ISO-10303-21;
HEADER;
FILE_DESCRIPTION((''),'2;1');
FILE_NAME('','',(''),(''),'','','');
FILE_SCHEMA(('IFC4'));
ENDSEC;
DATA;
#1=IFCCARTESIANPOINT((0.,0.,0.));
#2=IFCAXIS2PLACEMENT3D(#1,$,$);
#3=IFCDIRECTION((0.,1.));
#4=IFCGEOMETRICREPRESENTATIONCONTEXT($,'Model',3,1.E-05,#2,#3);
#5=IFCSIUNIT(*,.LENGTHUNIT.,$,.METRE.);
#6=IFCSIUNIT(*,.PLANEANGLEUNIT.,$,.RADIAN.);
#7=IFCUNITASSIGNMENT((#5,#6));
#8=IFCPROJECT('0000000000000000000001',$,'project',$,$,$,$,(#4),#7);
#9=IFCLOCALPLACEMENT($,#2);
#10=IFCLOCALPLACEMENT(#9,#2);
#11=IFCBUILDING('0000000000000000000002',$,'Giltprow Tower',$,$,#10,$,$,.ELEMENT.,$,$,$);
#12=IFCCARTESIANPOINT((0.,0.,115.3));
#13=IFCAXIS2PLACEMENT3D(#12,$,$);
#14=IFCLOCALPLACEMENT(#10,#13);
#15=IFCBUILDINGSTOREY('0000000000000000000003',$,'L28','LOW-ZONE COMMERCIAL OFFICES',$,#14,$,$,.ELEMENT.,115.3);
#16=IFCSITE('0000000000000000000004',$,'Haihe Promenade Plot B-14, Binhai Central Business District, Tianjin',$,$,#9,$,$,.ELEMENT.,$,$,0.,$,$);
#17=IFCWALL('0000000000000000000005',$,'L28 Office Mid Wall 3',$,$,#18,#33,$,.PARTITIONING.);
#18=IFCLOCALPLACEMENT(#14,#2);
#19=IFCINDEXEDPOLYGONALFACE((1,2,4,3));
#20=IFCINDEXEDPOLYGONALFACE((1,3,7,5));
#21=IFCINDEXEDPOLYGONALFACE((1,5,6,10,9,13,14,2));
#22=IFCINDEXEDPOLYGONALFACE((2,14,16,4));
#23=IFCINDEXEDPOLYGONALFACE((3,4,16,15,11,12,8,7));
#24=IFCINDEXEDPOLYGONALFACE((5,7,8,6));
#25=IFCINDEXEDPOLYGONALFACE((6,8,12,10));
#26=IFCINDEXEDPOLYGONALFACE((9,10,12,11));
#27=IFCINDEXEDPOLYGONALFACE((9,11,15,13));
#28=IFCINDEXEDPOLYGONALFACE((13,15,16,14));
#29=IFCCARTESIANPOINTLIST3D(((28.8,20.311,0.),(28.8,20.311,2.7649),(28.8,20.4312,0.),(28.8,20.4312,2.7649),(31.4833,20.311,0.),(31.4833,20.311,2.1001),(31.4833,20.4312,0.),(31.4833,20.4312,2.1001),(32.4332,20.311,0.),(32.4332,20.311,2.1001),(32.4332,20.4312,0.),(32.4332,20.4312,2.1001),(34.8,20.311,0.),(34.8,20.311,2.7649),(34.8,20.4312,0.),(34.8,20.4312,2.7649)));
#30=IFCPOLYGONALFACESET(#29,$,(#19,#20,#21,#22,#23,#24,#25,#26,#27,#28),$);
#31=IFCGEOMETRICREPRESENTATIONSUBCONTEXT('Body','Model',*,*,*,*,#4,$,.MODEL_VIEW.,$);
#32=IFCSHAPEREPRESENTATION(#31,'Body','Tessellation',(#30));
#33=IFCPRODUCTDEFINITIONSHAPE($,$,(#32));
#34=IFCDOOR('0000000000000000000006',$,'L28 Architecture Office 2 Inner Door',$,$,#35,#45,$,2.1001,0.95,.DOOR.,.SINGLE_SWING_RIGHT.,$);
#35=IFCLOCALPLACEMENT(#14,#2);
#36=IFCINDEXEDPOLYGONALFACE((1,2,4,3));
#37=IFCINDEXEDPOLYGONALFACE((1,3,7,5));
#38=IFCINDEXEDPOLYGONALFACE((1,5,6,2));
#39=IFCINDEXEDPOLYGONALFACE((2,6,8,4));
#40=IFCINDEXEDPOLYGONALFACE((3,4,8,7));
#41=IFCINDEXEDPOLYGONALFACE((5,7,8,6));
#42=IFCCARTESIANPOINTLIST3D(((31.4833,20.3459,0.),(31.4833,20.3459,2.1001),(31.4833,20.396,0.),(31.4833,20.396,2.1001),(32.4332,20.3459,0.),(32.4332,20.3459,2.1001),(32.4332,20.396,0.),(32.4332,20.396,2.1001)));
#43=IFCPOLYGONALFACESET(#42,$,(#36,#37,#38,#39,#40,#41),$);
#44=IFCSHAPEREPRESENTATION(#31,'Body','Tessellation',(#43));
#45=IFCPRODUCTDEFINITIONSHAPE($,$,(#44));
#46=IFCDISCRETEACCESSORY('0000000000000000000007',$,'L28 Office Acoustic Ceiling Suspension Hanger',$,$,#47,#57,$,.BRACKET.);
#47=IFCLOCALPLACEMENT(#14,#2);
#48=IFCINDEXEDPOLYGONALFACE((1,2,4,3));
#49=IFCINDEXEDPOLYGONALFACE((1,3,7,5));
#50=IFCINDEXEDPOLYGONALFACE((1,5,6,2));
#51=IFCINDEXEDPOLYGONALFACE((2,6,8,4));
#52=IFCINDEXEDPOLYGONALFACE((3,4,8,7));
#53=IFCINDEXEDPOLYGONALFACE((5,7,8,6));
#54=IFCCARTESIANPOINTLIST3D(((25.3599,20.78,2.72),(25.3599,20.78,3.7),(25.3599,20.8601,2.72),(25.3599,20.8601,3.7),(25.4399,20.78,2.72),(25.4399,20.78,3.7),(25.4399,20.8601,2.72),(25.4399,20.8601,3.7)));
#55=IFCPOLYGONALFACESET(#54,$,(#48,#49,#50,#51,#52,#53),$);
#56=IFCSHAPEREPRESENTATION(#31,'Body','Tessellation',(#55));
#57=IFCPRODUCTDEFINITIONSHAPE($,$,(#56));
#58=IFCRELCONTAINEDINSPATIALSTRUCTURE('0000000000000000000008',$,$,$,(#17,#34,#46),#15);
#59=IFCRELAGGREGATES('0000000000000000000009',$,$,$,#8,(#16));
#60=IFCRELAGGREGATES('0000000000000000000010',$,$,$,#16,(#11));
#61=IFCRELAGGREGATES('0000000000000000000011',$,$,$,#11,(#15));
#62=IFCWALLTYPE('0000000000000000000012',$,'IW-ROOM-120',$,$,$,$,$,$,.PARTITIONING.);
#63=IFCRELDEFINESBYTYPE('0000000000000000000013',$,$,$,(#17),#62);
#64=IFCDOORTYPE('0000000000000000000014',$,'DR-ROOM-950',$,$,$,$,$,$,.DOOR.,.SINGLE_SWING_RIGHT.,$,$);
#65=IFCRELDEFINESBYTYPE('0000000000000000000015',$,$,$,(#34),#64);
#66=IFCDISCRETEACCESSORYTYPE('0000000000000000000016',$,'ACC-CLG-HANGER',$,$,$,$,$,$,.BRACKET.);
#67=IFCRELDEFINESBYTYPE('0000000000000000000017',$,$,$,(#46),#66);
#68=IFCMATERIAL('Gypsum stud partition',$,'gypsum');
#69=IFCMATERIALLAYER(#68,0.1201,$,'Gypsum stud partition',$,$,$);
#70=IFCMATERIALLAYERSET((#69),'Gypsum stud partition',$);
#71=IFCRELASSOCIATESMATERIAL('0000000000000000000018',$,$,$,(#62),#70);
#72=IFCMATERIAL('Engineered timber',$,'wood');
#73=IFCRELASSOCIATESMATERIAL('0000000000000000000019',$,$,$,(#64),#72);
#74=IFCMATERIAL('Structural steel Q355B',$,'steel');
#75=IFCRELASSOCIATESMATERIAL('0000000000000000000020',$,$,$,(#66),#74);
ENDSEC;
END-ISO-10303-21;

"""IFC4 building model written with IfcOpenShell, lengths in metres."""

from ifc_helpers import new_model, si_unit, direction, frame, frame_2d, origin, origin_2d, place, context, subcontext, project, spatial, rectangle, extrude, source, transform, mapped, material, layer, layer_set, type_object, element, fill, save


model = new_model("IFC4")

# Units and contexts
model_context = context("Model", 3, precision=1e-05, world=origin(), true_north=direction((0.0, 1.0)))
body_context = subcontext(model_context, "Body", "Model", "MODEL_VIEW")
ifc_project = project(units=[si_unit("LENGTHUNIT", "METRE"), si_unit("PLANEANGLEUNIT", "RADIAN")], contexts=[model_context])

# Site, building, storey
site_placement = place(None, origin())
site = spatial("IfcSite", under=ifc_project, at=site_placement, Name="Haihe Promenade Plot B-14, Binhai Central Business District, Tianjin", CompositionType="ELEMENT", RefElevation=0.0)
building_placement = place(site_placement, origin())
building = spatial("IfcBuilding", under=site, at=building_placement, Name="Giltprow Tower", CompositionType="ELEMENT")
storey_placement = place(building_placement, frame((0.0, 0.0, 115.3)))
storey = spatial("IfcBuildingStorey", under=building, at=storey_placement, Name="L28", Description="LOW-ZONE COMMERCIAL OFFICES", CompositionType="ELEMENT", Elevation=115.3)

# Shared definitions
ifc_material_1 = material(Name="Structural steel Q355B", Category="steel")

# Shared definitions
ifc_material_2 = material(Name="Gypsum stud partition", Category="gypsum")
ifc_layer_1 = layer(ifc_material_2, 0.1201, Name="Gypsum stud partition")
ifc_layer_set_1 = layer_set([ifc_layer_1], Name="Gypsum stud partition")
wall_type_1 = type_object("IfcWallType", Name="IW-ROOM-120", PredefinedType="PARTITIONING", material=ifc_layer_set_1)

# Wall, opening, door
wall_1_placement = place(storey_placement, frame((28.8, 20.3711, 0.0), z_axis=(0.0, 0.0, 1.0), x_axis=(1.0, 0.0, 0.0)))
wall_1 = element("IfcWall", 1, at=wall_1_placement, inside=storey, type_object=wall_type_1, Name="L28 Office Mid Wall 3", PredefinedType="PARTITIONING", context=body_context, shape_type="SweptSolid", body=[
    extrude(rectangle(XDim=6.0, YDim=0.1201, at=frame_2d((3.0, 0.0))), origin(), (0.0, 0.0, 1.0), 2.7649),
])
opening_1_placement = place(wall_1_placement, frame((2.6831, 0.0, 0.0)))
opening_1 = element("IfcOpeningElement", 2, at=opening_1_placement, cuts=wall_1, PredefinedType="OPENING", context=body_context, shape_type="SweptSolid", body=[
    extrude(rectangle(XDim=0.95, YDim=2.1001, at=frame_2d((0.4751, 1.05))), frame((0.0, 0.0701, 0.0), z_axis=(0.0, -1.0, 0.0), x_axis=(1.0, 0.0, 0.0)), (0.0, 0.0, 1.0), 0.1401),
])
ifc_material_3 = material(Name="Engineered timber", Category="wood")
door_type_1 = type_object("IfcDoorType", Name="DR-ROOM-950", OperationType="SINGLE_SWING_RIGHT", PredefinedType="DOOR", material=ifc_material_3)
shared_shape_1 = source(origin(), body_context, "Body", "SweptSolid", [
    extrude(rectangle(XDim=0.95, YDim=2.1001, at=frame_2d((0.4751, 1.05))), frame((0.0, 0.0249, 0.0), z_axis=(0.0, -1.0, 0.0), x_axis=(1.0, 0.0, 0.0)), (0.0, 0.0, 1.0), 0.05),
])
door_1_placement = place(opening_1_placement, origin())
door_1 = element("IfcDoor", 3, at=door_1_placement, inside=storey, type_object=door_type_1, Name="L28 Architecture Office 2 Inner Door", OperationType="SINGLE_SWING_RIGHT", OverallHeight=2.1001, OverallWidth=0.95, PredefinedType="DOOR", context=body_context, shape_type="MappedRepresentation", body=[
    mapped(shared_shape_1, transform((0.0, 0.0, 0.0), x_axis=(1.0, 0.0, 0.0), y_axis=(0.0, 1.0, 0.0), z_axis=(0.0, 0.0, 1.0), scale=1.0)),
])
fill(opening_1, door_1)

# Discrete accessory
discrete_accessory_type = type_object("IfcDiscreteAccessoryType", Name="ACC-CLG-HANGER", PredefinedType="BRACKET", material=ifc_material_1)
shared_shape_2 = source(origin(), body_context, "Body", "SweptSolid", [
    extrude(rectangle(XDim=0.0801, YDim=0.0801, at=origin_2d()), origin(), (0.0, 0.0, 1.0), 0.98),
])
discrete_accessory_placement = place(storey_placement, frame((25.3999, 20.8201, 2.72), z_axis=(0.0, 0.0, 1.0), x_axis=(1.0, 0.0, 0.0)))
element("IfcDiscreteAccessory", 4, at=discrete_accessory_placement, inside=storey, type_object=discrete_accessory_type, Name="L28 Office Acoustic Ceiling Suspension Hanger", PredefinedType="BRACKET", context=body_context, shape_type="MappedRepresentation", body=[
    mapped(shared_shape_2, transform((0.0, 0.0, 0.0), x_axis=(1.0, 0.0, 0.0), y_axis=(0.0, 1.0, 0.0), z_axis=(0.0, 0.0, 1.0), scale=1.0)),
])

save(model, "model.ifc")
